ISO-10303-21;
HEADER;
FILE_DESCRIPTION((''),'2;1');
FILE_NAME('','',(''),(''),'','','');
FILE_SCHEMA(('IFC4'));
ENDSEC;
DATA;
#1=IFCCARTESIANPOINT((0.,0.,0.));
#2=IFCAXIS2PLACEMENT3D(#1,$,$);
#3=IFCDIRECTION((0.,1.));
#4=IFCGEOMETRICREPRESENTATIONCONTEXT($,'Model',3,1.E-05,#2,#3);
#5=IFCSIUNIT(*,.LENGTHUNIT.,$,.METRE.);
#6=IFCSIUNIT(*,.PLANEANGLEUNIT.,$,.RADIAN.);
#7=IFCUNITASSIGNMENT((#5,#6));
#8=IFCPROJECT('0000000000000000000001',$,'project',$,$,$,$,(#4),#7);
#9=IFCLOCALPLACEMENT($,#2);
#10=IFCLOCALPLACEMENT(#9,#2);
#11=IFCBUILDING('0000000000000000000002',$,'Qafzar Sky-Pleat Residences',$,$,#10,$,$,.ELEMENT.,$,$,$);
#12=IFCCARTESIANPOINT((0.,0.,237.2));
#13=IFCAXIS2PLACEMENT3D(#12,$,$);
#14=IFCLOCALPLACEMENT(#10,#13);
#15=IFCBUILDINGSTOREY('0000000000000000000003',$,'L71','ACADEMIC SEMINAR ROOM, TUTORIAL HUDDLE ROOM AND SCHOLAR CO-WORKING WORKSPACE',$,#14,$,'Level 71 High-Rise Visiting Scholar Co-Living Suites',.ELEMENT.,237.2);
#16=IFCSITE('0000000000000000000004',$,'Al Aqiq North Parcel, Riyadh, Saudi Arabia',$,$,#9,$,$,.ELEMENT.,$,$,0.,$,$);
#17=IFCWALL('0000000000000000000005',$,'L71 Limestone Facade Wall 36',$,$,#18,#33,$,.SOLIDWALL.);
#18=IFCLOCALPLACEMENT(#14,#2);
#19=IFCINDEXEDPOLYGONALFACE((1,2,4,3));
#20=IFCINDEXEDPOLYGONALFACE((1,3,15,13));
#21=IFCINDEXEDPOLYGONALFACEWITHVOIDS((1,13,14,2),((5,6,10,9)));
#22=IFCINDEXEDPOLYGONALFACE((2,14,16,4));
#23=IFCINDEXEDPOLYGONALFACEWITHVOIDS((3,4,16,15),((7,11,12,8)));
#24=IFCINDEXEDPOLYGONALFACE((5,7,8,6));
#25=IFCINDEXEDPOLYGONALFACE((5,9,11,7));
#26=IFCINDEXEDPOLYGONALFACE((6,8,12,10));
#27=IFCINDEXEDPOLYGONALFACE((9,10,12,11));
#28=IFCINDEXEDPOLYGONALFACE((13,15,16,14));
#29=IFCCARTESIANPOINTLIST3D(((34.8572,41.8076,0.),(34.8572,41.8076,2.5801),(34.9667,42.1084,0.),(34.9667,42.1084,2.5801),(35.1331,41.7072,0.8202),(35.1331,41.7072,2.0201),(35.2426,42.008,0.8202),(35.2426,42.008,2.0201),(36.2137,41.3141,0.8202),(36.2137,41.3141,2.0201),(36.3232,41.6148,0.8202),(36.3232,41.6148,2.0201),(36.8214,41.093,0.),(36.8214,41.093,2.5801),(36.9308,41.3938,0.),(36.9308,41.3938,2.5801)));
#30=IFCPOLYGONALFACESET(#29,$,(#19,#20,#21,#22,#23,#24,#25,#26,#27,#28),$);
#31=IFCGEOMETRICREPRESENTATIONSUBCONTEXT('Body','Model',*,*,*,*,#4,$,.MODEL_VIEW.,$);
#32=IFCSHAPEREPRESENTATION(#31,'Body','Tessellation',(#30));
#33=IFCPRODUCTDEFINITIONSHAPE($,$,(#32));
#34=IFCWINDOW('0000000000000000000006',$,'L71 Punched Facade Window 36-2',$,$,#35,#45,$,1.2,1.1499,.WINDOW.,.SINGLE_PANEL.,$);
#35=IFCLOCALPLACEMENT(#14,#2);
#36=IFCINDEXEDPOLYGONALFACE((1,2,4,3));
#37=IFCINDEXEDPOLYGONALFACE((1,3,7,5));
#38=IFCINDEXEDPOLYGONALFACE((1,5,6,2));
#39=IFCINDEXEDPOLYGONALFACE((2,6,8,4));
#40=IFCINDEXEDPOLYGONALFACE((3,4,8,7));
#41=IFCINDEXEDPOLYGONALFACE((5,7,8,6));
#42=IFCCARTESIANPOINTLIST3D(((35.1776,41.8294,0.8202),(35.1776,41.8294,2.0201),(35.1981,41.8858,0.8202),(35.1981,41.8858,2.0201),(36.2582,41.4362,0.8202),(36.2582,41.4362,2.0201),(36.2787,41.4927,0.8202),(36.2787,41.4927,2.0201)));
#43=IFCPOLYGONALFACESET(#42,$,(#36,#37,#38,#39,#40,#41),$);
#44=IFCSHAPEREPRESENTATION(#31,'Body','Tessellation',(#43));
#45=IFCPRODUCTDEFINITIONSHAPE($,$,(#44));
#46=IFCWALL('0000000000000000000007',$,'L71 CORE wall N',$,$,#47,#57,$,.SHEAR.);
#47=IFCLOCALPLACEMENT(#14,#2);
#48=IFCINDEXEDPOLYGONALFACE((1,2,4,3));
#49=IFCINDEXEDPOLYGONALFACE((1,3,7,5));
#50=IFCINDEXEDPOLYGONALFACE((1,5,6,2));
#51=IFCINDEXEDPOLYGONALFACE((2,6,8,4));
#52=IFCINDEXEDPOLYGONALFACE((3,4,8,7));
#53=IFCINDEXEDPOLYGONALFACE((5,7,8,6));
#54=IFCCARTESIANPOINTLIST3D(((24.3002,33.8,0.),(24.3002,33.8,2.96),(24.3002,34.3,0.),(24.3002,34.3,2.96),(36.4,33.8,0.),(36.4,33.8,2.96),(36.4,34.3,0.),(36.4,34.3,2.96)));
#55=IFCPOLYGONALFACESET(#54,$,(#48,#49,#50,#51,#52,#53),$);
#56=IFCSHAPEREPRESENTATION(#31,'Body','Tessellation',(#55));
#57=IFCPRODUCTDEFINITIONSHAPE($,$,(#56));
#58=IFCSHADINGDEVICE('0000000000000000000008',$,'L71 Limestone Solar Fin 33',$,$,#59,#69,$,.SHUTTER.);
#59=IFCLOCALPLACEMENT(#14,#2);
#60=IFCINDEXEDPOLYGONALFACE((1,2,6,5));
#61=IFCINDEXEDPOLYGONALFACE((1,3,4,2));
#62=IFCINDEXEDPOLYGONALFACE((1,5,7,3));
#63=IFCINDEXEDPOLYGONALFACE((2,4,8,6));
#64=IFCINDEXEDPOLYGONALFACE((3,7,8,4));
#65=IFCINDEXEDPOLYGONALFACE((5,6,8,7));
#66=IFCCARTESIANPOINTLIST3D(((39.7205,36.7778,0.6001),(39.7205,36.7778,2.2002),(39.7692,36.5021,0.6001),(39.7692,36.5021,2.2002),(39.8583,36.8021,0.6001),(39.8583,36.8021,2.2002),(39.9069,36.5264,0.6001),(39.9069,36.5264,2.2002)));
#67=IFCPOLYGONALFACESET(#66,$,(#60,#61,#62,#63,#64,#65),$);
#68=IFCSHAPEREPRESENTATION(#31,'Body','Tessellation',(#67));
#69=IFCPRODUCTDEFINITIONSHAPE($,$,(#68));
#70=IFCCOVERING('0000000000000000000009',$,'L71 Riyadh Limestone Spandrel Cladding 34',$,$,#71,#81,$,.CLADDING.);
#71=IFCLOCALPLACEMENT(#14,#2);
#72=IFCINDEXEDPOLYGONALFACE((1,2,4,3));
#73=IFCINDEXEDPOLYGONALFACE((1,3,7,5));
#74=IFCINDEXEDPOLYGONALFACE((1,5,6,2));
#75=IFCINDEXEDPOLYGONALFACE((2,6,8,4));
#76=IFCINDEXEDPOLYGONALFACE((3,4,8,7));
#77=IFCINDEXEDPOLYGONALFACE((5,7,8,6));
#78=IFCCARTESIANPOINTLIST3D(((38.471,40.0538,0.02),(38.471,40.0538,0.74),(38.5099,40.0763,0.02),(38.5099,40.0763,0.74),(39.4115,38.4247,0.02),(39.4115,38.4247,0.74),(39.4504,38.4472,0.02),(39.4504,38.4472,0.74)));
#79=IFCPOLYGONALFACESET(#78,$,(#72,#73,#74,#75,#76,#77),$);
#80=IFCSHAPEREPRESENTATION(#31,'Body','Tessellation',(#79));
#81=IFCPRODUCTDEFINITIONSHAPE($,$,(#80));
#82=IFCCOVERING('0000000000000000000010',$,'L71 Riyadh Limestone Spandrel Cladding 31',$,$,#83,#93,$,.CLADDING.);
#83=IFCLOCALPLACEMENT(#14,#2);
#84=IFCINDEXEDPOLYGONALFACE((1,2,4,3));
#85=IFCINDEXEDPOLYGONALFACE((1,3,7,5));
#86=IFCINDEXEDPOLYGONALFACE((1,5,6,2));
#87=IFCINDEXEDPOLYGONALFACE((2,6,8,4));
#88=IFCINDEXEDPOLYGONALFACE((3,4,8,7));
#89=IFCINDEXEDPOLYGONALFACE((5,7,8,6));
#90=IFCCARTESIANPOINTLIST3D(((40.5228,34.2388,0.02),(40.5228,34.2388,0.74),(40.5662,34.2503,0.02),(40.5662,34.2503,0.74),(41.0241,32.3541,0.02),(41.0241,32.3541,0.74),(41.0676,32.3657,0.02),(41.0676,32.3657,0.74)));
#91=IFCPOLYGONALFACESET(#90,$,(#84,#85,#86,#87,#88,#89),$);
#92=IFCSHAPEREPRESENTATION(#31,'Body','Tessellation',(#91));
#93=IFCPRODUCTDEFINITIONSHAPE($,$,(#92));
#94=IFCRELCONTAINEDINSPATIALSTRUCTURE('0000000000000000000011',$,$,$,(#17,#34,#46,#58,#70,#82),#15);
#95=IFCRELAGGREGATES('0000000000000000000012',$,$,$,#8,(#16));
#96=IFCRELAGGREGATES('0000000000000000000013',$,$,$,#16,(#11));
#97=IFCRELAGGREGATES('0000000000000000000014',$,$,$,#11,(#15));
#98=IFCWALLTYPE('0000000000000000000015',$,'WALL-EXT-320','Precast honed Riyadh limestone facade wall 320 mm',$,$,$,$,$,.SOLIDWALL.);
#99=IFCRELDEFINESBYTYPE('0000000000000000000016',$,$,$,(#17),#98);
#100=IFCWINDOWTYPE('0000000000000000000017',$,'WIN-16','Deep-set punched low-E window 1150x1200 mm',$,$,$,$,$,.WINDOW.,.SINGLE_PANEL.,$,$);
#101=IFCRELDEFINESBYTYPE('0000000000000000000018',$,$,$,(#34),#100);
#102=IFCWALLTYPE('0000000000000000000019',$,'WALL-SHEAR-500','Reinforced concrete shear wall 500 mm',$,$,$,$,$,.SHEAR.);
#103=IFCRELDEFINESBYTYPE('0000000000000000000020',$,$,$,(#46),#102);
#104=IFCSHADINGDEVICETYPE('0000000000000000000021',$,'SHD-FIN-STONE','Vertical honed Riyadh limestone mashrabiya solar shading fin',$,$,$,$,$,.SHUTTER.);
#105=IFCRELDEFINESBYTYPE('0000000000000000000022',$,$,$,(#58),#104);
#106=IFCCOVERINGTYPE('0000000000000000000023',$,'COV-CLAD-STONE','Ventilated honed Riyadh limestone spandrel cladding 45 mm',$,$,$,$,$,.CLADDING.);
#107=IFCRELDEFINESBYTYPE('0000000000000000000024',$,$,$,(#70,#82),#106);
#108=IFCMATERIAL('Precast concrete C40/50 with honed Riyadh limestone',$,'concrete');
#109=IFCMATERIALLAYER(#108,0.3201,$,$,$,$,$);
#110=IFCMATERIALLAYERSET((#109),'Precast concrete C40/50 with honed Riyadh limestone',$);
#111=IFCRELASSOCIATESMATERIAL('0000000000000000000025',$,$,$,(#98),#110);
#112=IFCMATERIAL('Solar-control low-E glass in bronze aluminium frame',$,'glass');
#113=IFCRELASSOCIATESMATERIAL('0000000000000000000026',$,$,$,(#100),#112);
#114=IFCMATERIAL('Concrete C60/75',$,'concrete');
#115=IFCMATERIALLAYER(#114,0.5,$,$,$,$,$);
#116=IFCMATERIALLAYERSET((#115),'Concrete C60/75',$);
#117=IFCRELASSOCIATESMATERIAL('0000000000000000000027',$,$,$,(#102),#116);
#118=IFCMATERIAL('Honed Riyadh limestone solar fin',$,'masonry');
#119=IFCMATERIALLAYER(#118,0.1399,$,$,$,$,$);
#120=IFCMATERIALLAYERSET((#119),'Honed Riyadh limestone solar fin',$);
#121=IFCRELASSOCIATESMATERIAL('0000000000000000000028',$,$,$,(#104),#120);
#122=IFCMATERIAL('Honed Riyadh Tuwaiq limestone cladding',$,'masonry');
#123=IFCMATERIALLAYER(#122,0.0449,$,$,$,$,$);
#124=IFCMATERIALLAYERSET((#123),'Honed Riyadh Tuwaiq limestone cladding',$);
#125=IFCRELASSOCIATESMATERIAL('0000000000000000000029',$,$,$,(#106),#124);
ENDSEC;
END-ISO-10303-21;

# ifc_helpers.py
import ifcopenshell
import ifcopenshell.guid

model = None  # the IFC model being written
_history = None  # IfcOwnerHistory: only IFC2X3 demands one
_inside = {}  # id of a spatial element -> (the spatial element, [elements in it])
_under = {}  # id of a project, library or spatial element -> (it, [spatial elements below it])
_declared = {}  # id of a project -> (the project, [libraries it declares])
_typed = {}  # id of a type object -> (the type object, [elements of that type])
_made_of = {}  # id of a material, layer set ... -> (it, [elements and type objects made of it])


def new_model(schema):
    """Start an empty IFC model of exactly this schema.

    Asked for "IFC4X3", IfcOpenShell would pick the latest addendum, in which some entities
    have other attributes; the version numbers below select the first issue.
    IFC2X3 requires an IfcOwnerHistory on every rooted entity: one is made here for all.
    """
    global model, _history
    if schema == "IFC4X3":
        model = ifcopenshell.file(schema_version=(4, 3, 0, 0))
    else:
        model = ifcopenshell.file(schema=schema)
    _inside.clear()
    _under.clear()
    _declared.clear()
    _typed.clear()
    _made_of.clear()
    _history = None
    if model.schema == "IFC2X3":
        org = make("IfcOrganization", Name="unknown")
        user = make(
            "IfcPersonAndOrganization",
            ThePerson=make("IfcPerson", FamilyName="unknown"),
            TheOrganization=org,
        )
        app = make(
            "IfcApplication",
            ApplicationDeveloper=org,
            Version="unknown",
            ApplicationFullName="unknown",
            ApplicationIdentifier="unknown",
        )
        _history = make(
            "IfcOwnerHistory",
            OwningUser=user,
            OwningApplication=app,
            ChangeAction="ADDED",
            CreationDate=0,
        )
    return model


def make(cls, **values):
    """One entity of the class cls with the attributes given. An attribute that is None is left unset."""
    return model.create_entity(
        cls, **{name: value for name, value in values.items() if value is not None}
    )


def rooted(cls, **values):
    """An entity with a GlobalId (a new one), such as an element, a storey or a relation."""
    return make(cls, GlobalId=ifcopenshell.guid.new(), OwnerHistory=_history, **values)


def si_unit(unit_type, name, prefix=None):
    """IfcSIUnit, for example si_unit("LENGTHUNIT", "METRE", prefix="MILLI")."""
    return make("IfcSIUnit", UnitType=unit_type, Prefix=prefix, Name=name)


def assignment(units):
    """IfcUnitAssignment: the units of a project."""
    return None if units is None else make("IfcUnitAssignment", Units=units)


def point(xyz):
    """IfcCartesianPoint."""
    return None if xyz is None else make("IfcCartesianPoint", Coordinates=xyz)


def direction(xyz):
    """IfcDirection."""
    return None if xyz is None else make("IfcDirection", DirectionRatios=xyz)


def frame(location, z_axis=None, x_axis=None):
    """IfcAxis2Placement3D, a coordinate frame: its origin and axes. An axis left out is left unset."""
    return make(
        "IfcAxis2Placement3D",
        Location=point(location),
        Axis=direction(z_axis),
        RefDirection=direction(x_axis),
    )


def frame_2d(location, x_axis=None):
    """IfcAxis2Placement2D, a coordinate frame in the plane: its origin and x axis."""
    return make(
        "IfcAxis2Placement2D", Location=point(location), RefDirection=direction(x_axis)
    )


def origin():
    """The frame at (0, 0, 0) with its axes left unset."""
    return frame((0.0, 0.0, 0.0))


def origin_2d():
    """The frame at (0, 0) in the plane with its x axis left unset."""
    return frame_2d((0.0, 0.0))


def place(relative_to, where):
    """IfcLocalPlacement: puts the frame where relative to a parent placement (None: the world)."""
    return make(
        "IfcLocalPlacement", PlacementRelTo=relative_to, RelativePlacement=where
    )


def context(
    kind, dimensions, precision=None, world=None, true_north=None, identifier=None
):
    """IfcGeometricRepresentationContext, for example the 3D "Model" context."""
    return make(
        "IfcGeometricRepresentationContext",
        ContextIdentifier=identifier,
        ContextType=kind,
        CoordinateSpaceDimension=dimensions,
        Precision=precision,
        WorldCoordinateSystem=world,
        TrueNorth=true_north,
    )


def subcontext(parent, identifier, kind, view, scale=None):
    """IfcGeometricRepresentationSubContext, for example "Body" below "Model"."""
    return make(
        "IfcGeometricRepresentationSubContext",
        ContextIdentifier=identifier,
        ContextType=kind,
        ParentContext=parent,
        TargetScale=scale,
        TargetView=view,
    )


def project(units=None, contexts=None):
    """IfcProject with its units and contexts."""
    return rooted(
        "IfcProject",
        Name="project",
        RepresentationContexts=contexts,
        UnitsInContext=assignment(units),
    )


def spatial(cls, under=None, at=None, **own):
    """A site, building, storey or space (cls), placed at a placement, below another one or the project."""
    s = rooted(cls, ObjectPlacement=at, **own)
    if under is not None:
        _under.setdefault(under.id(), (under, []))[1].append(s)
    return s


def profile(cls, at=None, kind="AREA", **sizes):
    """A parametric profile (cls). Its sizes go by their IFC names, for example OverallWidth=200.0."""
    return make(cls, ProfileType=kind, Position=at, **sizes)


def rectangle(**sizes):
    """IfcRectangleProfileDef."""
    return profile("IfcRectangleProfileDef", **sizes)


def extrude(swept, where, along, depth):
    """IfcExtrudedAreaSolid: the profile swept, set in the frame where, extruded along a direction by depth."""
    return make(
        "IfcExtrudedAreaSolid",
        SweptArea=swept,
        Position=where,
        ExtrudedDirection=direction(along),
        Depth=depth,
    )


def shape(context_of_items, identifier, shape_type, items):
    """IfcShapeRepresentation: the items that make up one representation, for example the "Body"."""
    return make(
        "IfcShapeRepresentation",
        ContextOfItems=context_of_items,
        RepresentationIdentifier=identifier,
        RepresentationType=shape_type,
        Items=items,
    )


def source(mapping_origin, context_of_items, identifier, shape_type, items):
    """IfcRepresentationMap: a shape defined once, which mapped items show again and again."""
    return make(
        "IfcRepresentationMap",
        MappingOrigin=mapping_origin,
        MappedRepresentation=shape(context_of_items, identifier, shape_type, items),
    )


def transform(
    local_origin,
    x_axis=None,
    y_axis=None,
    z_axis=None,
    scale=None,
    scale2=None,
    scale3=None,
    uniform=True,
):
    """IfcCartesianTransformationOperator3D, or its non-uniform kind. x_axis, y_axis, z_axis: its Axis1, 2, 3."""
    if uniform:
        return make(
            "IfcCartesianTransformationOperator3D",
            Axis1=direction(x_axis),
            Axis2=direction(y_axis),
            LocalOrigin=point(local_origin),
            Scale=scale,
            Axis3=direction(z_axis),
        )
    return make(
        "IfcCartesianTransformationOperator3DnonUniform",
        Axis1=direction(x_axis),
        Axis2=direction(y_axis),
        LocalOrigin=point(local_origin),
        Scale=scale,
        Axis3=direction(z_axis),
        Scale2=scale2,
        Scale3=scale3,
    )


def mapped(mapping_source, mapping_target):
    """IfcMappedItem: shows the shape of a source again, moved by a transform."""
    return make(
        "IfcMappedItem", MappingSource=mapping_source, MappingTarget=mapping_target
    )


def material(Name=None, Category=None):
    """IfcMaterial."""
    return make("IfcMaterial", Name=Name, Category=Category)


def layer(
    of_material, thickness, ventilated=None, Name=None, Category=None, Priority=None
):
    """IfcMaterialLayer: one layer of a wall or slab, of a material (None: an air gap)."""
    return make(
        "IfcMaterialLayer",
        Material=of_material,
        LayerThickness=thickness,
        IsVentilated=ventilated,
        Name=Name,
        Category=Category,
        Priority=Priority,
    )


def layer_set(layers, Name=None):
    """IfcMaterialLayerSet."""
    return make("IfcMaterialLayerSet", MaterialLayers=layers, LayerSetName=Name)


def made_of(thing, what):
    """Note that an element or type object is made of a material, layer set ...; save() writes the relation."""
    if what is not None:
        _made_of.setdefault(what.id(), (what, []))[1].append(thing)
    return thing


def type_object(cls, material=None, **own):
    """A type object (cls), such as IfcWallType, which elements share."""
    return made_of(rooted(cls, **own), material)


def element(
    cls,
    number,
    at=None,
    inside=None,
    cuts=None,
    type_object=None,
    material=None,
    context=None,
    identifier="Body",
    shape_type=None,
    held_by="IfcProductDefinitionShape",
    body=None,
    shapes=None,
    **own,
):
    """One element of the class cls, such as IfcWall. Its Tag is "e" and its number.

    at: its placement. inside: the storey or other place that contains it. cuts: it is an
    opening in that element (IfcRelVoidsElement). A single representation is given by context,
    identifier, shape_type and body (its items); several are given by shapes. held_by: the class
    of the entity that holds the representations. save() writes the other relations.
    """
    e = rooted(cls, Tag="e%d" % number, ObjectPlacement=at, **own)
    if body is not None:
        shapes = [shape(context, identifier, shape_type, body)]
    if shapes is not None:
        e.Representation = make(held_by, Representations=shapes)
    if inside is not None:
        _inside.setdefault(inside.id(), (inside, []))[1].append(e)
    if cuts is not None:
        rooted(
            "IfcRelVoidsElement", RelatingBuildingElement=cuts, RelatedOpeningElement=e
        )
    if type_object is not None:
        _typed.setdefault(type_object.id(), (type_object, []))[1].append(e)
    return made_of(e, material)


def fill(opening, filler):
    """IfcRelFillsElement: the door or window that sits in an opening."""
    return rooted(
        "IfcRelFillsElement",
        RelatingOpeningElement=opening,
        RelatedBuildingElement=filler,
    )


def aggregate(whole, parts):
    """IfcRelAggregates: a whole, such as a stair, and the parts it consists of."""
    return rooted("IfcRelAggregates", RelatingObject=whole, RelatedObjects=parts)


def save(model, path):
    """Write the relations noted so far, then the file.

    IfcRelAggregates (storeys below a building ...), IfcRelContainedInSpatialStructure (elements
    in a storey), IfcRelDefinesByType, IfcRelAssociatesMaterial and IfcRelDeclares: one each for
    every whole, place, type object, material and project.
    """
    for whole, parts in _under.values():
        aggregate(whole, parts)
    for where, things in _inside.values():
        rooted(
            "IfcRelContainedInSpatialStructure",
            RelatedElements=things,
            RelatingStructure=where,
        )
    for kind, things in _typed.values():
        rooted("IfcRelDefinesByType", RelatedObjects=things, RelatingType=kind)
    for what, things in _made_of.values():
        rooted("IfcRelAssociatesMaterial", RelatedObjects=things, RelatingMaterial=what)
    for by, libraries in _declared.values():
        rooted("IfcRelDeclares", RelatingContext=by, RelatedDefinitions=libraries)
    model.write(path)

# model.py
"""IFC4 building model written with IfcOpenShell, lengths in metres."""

from ifc_helpers import new_model, si_unit, direction, frame, frame_2d, origin, origin_2d, place, context, subcontext, project, spatial, rectangle, extrude, source, transform, mapped, material, layer, layer_set, type_object, element, fill, save


model = new_model("IFC4")

# Units and contexts
model_context = context("Model", 3, precision=1e-05, world=origin(), true_north=direction((0.0, 1.0)))
body_context = subcontext(model_context, "Body", "Model", "MODEL_VIEW")
ifc_project = project(units=[si_unit("LENGTHUNIT", "METRE"), si_unit("PLANEANGLEUNIT", "RADIAN")], contexts=[model_context])

# Site, building, storey
site_placement = place(None, origin())
site = spatial("IfcSite", under=ifc_project, at=site_placement, Name="Al Aqiq North Parcel, Riyadh, Saudi Arabia", CompositionType="ELEMENT", RefElevation=0.0)
building_placement = place(site_placement, origin())
building = spatial("IfcBuilding", under=site, at=building_placement, Name="Qafzar Sky-Pleat Residences", CompositionType="ELEMENT")
storey_placement = place(building_placement, frame((0.0, 0.0, 237.2)))
storey = spatial("IfcBuildingStorey", under=building, at=storey_placement, Name="L71", Description="ACADEMIC SEMINAR ROOM, TUTORIAL HUDDLE ROOM AND SCHOLAR CO-WORKING WORKSPACE", LongName="Level 71 High-Rise Visiting Scholar Co-Living Suites", CompositionType="ELEMENT", Elevation=237.2)

# Wall, opening, window
ifc_material_1 = material(Name="Precast concrete C40/50 with honed Riyadh limestone", Category="concrete")
ifc_layer_1 = layer(ifc_material_1, 0.3201)
ifc_layer_set_1 = layer_set([ifc_layer_1], Name="Precast concrete C40/50 with honed Riyadh limestone")
wall_type_1 = type_object("IfcWallType", Name="WALL-EXT-320", Description="Precast honed Riyadh limestone facade wall 320 mm", PredefinedType="SOLIDWALL", material=ifc_layer_set_1)
ifc_material_2 = material(Name="Solar-control low-E glass in bronze aluminium frame", Category="glass")
wall_1_placement = place(storey_placement, frame((36.876, 41.2434, 0.0), z_axis=(0.0, 0.0, 1.0), x_axis=(-0.939735, 0.341902, 0.0)))
wall_1 = element("IfcWall", 1, at=wall_1_placement, inside=storey, type_object=wall_type_1, Name="L71 Limestone Facade Wall 36", PredefinedType="SOLIDWALL", context=body_context, shape_type="SweptSolid", body=[
    extrude(rectangle(XDim=2.0901, YDim=0.3201, at=frame_2d((1.0449, 0.0))), origin(), (0.0, 0.0, 1.0), 2.5801),
])
opening_1_placement = place(wall_1_placement, frame((0.6465, 0.0, 0.8201)))
opening_1 = element("IfcOpeningElement", 2, at=opening_1_placement, cuts=wall_1, PredefinedType="OPENING", context=body_context, shape_type="SweptSolid", body=[
    extrude(rectangle(XDim=1.1499, YDim=1.2, at=frame_2d((0.575, 0.6001))), frame((0.0, 0.1699, 0.0), z_axis=(0.0, -1.0, 0.0), x_axis=(1.0, 0.0, 0.0)), (0.0, 0.0, 1.0), 0.3401),
])
window_type_1 = type_object("IfcWindowType", Name="WIN-16", Description="Deep-set punched low-E window 1150x1200 mm", PartitioningType="SINGLE_PANEL", PredefinedType="WINDOW", material=ifc_material_2)
shared_shape_1 = source(origin(), body_context, "Body", "SweptSolid", [
    extrude(rectangle(XDim=1.1499, YDim=1.2, at=frame_2d((0.575, 0.6001))), frame((0.0, 0.03, 0.0), z_axis=(0.0, -1.0, 0.0), x_axis=(1.0, 0.0, 0.0)), (0.0, 0.0, 1.0), 0.0601),
])
window_1_placement = place(opening_1_placement, origin())
window_1 = element("IfcWindow", 3, at=window_1_placement, inside=storey, type_object=window_type_1, Name="L71 Punched Facade Window 36-2", OverallHeight=1.2, OverallWidth=1.1499, PartitioningType="SINGLE_PANEL", PredefinedType="WINDOW", context=body_context, shape_type="MappedRepresentation", body=[
    mapped(shared_shape_1, transform((0.0, 0.0, 0.0), x_axis=(1.0, 0.0, 0.0), y_axis=(0.0, 1.0, 0.0), z_axis=(0.0, 0.0, 1.0), scale=1.0)),
])
fill(opening_1, window_1)

# Wall
ifc_material_3 = material(Name="Concrete C60/75", Category="concrete")
ifc_layer_2 = layer(ifc_material_3, 0.5)
ifc_layer_set_2 = layer_set([ifc_layer_2], Name="Concrete C60/75")
wall_type_2 = type_object("IfcWallType", Name="WALL-SHEAR-500", Description="Reinforced concrete shear wall 500 mm", PredefinedType="SHEAR", material=ifc_layer_set_2)
wall_2_placement = place(storey_placement, frame((36.3999, 34.05, 0.0), z_axis=(0.0, 0.0, 1.0), x_axis=(-1.0, 0.0, 0.0)))
element("IfcWall", 4, at=wall_2_placement, inside=storey, type_object=wall_type_2, Name="L71 CORE wall N", PredefinedType="SHEAR", context=body_context, shape_type="SweptSolid", body=[
    extrude(rectangle(XDim=12.0999, YDim=0.5, at=frame_2d((6.0498, 0.0))), origin(), (0.0, 0.0, 1.0), 2.96),
])

# Shading device
ifc_material_4 = material(Name="Honed Riyadh limestone solar fin", Category="masonry")
ifc_layer_3 = layer(ifc_material_4, 0.1399)
ifc_layer_set_3 = layer_set([ifc_layer_3], Name="Honed Riyadh limestone solar fin")
shading_device_type = type_object("IfcShadingDeviceType", Name="SHD-FIN-STONE", Description="Vertical honed Riyadh limestone mashrabiya solar shading fin", PredefinedType="SHUTTER", material=ifc_layer_set_3)
shared_shape_2 = source(origin(), body_context, "Body", "SweptSolid", [
    extrude(rectangle(XDim=0.1399, YDim=0.28, at=origin_2d()), origin(), (0.0, 0.0, 1.0), 1.6001),
])
shading_device_placement = place(storey_placement, frame((39.8137, 36.6521, 0.6001), z_axis=(0.0, 0.0, 1.0), x_axis=(0.984808, 0.173649, 0.0)))
element("IfcShadingDevice", 5, at=shading_device_placement, inside=storey, type_object=shading_device_type, Name="L71 Limestone Solar Fin 33", PredefinedType="SHUTTER", context=body_context, shape_type="MappedRepresentation", body=[
    mapped(shared_shape_2, transform((0.0, 0.0, 0.0), x_axis=(1.0, 0.0, 0.0), y_axis=(0.0, 1.0, 0.0), z_axis=(0.0, 0.0, 1.0), scale=1.0)),
])

# Coverings
ifc_material_5 = material(Name="Honed Riyadh Tuwaiq limestone cladding", Category="masonry")
ifc_layer_4 = layer(ifc_material_5, 0.0449)
ifc_layer_set_4 = layer_set([ifc_layer_4], Name="Honed Riyadh Tuwaiq limestone cladding")
covering_type = type_object("IfcCoveringType", Name="COV-CLAD-STONE", Description="Ventilated honed Riyadh limestone spandrel cladding 45 mm", PredefinedType="CLADDING", material=ifc_layer_set_4)
shared_shape_3 = source(origin(), body_context, "Body", "SweptSolid", [
    extrude(rectangle(XDim=1.8811, YDim=0.0449, at=origin_2d()), origin(), (0.0, 0.0, 1.0), 0.72),
])
covering_1_placement = place(storey_placement, frame((38.9607, 39.2505, 0.02), z_axis=(0.0, 0.0, 1.0), x_axis=(-0.499993, 0.866029, 0.0)))
element("IfcCovering", 6, at=covering_1_placement, inside=storey, type_object=covering_type, Name="L71 Riyadh Limestone Spandrel Cladding 34", PredefinedType="CLADDING", context=body_context, shape_type="MappedRepresentation", body=[
    mapped(shared_shape_3, transform((0.0, 0.0, 0.0), x_axis=(1.0, 0.0, 0.0), y_axis=(0.0, 1.0, 0.0), z_axis=(0.0, 0.0, 1.0), scale=1.0)),
])
shared_shape_4 = source(origin(), body_context, "Body", "SweptSolid", [
    extrude(rectangle(XDim=1.9502, YDim=0.0449, at=origin_2d()), origin(), (0.0, 0.0, 1.0), 0.72),
])
covering_2_placement = place(storey_placement, frame((40.7952, 33.3022, 0.02), z_axis=(0.0, 0.0, 1.0), x_axis=(-0.257091, 0.966387, 0.0)))
element("IfcCovering", 7, at=covering_2_placement, inside=storey, type_object=covering_type, Name="L71 Riyadh Limestone Spandrel Cladding 31", PredefinedType="CLADDING", context=body_context, shape_type="MappedRepresentation", body=[
    mapped(shared_shape_4, transform((0.0, 0.0, 0.0), x_axis=(1.0, 0.0, 0.0), y_axis=(0.0, 1.0, 0.0), z_axis=(0.0, 0.0, 1.0), scale=1.0)),
])

save(model, "model.ifc")
